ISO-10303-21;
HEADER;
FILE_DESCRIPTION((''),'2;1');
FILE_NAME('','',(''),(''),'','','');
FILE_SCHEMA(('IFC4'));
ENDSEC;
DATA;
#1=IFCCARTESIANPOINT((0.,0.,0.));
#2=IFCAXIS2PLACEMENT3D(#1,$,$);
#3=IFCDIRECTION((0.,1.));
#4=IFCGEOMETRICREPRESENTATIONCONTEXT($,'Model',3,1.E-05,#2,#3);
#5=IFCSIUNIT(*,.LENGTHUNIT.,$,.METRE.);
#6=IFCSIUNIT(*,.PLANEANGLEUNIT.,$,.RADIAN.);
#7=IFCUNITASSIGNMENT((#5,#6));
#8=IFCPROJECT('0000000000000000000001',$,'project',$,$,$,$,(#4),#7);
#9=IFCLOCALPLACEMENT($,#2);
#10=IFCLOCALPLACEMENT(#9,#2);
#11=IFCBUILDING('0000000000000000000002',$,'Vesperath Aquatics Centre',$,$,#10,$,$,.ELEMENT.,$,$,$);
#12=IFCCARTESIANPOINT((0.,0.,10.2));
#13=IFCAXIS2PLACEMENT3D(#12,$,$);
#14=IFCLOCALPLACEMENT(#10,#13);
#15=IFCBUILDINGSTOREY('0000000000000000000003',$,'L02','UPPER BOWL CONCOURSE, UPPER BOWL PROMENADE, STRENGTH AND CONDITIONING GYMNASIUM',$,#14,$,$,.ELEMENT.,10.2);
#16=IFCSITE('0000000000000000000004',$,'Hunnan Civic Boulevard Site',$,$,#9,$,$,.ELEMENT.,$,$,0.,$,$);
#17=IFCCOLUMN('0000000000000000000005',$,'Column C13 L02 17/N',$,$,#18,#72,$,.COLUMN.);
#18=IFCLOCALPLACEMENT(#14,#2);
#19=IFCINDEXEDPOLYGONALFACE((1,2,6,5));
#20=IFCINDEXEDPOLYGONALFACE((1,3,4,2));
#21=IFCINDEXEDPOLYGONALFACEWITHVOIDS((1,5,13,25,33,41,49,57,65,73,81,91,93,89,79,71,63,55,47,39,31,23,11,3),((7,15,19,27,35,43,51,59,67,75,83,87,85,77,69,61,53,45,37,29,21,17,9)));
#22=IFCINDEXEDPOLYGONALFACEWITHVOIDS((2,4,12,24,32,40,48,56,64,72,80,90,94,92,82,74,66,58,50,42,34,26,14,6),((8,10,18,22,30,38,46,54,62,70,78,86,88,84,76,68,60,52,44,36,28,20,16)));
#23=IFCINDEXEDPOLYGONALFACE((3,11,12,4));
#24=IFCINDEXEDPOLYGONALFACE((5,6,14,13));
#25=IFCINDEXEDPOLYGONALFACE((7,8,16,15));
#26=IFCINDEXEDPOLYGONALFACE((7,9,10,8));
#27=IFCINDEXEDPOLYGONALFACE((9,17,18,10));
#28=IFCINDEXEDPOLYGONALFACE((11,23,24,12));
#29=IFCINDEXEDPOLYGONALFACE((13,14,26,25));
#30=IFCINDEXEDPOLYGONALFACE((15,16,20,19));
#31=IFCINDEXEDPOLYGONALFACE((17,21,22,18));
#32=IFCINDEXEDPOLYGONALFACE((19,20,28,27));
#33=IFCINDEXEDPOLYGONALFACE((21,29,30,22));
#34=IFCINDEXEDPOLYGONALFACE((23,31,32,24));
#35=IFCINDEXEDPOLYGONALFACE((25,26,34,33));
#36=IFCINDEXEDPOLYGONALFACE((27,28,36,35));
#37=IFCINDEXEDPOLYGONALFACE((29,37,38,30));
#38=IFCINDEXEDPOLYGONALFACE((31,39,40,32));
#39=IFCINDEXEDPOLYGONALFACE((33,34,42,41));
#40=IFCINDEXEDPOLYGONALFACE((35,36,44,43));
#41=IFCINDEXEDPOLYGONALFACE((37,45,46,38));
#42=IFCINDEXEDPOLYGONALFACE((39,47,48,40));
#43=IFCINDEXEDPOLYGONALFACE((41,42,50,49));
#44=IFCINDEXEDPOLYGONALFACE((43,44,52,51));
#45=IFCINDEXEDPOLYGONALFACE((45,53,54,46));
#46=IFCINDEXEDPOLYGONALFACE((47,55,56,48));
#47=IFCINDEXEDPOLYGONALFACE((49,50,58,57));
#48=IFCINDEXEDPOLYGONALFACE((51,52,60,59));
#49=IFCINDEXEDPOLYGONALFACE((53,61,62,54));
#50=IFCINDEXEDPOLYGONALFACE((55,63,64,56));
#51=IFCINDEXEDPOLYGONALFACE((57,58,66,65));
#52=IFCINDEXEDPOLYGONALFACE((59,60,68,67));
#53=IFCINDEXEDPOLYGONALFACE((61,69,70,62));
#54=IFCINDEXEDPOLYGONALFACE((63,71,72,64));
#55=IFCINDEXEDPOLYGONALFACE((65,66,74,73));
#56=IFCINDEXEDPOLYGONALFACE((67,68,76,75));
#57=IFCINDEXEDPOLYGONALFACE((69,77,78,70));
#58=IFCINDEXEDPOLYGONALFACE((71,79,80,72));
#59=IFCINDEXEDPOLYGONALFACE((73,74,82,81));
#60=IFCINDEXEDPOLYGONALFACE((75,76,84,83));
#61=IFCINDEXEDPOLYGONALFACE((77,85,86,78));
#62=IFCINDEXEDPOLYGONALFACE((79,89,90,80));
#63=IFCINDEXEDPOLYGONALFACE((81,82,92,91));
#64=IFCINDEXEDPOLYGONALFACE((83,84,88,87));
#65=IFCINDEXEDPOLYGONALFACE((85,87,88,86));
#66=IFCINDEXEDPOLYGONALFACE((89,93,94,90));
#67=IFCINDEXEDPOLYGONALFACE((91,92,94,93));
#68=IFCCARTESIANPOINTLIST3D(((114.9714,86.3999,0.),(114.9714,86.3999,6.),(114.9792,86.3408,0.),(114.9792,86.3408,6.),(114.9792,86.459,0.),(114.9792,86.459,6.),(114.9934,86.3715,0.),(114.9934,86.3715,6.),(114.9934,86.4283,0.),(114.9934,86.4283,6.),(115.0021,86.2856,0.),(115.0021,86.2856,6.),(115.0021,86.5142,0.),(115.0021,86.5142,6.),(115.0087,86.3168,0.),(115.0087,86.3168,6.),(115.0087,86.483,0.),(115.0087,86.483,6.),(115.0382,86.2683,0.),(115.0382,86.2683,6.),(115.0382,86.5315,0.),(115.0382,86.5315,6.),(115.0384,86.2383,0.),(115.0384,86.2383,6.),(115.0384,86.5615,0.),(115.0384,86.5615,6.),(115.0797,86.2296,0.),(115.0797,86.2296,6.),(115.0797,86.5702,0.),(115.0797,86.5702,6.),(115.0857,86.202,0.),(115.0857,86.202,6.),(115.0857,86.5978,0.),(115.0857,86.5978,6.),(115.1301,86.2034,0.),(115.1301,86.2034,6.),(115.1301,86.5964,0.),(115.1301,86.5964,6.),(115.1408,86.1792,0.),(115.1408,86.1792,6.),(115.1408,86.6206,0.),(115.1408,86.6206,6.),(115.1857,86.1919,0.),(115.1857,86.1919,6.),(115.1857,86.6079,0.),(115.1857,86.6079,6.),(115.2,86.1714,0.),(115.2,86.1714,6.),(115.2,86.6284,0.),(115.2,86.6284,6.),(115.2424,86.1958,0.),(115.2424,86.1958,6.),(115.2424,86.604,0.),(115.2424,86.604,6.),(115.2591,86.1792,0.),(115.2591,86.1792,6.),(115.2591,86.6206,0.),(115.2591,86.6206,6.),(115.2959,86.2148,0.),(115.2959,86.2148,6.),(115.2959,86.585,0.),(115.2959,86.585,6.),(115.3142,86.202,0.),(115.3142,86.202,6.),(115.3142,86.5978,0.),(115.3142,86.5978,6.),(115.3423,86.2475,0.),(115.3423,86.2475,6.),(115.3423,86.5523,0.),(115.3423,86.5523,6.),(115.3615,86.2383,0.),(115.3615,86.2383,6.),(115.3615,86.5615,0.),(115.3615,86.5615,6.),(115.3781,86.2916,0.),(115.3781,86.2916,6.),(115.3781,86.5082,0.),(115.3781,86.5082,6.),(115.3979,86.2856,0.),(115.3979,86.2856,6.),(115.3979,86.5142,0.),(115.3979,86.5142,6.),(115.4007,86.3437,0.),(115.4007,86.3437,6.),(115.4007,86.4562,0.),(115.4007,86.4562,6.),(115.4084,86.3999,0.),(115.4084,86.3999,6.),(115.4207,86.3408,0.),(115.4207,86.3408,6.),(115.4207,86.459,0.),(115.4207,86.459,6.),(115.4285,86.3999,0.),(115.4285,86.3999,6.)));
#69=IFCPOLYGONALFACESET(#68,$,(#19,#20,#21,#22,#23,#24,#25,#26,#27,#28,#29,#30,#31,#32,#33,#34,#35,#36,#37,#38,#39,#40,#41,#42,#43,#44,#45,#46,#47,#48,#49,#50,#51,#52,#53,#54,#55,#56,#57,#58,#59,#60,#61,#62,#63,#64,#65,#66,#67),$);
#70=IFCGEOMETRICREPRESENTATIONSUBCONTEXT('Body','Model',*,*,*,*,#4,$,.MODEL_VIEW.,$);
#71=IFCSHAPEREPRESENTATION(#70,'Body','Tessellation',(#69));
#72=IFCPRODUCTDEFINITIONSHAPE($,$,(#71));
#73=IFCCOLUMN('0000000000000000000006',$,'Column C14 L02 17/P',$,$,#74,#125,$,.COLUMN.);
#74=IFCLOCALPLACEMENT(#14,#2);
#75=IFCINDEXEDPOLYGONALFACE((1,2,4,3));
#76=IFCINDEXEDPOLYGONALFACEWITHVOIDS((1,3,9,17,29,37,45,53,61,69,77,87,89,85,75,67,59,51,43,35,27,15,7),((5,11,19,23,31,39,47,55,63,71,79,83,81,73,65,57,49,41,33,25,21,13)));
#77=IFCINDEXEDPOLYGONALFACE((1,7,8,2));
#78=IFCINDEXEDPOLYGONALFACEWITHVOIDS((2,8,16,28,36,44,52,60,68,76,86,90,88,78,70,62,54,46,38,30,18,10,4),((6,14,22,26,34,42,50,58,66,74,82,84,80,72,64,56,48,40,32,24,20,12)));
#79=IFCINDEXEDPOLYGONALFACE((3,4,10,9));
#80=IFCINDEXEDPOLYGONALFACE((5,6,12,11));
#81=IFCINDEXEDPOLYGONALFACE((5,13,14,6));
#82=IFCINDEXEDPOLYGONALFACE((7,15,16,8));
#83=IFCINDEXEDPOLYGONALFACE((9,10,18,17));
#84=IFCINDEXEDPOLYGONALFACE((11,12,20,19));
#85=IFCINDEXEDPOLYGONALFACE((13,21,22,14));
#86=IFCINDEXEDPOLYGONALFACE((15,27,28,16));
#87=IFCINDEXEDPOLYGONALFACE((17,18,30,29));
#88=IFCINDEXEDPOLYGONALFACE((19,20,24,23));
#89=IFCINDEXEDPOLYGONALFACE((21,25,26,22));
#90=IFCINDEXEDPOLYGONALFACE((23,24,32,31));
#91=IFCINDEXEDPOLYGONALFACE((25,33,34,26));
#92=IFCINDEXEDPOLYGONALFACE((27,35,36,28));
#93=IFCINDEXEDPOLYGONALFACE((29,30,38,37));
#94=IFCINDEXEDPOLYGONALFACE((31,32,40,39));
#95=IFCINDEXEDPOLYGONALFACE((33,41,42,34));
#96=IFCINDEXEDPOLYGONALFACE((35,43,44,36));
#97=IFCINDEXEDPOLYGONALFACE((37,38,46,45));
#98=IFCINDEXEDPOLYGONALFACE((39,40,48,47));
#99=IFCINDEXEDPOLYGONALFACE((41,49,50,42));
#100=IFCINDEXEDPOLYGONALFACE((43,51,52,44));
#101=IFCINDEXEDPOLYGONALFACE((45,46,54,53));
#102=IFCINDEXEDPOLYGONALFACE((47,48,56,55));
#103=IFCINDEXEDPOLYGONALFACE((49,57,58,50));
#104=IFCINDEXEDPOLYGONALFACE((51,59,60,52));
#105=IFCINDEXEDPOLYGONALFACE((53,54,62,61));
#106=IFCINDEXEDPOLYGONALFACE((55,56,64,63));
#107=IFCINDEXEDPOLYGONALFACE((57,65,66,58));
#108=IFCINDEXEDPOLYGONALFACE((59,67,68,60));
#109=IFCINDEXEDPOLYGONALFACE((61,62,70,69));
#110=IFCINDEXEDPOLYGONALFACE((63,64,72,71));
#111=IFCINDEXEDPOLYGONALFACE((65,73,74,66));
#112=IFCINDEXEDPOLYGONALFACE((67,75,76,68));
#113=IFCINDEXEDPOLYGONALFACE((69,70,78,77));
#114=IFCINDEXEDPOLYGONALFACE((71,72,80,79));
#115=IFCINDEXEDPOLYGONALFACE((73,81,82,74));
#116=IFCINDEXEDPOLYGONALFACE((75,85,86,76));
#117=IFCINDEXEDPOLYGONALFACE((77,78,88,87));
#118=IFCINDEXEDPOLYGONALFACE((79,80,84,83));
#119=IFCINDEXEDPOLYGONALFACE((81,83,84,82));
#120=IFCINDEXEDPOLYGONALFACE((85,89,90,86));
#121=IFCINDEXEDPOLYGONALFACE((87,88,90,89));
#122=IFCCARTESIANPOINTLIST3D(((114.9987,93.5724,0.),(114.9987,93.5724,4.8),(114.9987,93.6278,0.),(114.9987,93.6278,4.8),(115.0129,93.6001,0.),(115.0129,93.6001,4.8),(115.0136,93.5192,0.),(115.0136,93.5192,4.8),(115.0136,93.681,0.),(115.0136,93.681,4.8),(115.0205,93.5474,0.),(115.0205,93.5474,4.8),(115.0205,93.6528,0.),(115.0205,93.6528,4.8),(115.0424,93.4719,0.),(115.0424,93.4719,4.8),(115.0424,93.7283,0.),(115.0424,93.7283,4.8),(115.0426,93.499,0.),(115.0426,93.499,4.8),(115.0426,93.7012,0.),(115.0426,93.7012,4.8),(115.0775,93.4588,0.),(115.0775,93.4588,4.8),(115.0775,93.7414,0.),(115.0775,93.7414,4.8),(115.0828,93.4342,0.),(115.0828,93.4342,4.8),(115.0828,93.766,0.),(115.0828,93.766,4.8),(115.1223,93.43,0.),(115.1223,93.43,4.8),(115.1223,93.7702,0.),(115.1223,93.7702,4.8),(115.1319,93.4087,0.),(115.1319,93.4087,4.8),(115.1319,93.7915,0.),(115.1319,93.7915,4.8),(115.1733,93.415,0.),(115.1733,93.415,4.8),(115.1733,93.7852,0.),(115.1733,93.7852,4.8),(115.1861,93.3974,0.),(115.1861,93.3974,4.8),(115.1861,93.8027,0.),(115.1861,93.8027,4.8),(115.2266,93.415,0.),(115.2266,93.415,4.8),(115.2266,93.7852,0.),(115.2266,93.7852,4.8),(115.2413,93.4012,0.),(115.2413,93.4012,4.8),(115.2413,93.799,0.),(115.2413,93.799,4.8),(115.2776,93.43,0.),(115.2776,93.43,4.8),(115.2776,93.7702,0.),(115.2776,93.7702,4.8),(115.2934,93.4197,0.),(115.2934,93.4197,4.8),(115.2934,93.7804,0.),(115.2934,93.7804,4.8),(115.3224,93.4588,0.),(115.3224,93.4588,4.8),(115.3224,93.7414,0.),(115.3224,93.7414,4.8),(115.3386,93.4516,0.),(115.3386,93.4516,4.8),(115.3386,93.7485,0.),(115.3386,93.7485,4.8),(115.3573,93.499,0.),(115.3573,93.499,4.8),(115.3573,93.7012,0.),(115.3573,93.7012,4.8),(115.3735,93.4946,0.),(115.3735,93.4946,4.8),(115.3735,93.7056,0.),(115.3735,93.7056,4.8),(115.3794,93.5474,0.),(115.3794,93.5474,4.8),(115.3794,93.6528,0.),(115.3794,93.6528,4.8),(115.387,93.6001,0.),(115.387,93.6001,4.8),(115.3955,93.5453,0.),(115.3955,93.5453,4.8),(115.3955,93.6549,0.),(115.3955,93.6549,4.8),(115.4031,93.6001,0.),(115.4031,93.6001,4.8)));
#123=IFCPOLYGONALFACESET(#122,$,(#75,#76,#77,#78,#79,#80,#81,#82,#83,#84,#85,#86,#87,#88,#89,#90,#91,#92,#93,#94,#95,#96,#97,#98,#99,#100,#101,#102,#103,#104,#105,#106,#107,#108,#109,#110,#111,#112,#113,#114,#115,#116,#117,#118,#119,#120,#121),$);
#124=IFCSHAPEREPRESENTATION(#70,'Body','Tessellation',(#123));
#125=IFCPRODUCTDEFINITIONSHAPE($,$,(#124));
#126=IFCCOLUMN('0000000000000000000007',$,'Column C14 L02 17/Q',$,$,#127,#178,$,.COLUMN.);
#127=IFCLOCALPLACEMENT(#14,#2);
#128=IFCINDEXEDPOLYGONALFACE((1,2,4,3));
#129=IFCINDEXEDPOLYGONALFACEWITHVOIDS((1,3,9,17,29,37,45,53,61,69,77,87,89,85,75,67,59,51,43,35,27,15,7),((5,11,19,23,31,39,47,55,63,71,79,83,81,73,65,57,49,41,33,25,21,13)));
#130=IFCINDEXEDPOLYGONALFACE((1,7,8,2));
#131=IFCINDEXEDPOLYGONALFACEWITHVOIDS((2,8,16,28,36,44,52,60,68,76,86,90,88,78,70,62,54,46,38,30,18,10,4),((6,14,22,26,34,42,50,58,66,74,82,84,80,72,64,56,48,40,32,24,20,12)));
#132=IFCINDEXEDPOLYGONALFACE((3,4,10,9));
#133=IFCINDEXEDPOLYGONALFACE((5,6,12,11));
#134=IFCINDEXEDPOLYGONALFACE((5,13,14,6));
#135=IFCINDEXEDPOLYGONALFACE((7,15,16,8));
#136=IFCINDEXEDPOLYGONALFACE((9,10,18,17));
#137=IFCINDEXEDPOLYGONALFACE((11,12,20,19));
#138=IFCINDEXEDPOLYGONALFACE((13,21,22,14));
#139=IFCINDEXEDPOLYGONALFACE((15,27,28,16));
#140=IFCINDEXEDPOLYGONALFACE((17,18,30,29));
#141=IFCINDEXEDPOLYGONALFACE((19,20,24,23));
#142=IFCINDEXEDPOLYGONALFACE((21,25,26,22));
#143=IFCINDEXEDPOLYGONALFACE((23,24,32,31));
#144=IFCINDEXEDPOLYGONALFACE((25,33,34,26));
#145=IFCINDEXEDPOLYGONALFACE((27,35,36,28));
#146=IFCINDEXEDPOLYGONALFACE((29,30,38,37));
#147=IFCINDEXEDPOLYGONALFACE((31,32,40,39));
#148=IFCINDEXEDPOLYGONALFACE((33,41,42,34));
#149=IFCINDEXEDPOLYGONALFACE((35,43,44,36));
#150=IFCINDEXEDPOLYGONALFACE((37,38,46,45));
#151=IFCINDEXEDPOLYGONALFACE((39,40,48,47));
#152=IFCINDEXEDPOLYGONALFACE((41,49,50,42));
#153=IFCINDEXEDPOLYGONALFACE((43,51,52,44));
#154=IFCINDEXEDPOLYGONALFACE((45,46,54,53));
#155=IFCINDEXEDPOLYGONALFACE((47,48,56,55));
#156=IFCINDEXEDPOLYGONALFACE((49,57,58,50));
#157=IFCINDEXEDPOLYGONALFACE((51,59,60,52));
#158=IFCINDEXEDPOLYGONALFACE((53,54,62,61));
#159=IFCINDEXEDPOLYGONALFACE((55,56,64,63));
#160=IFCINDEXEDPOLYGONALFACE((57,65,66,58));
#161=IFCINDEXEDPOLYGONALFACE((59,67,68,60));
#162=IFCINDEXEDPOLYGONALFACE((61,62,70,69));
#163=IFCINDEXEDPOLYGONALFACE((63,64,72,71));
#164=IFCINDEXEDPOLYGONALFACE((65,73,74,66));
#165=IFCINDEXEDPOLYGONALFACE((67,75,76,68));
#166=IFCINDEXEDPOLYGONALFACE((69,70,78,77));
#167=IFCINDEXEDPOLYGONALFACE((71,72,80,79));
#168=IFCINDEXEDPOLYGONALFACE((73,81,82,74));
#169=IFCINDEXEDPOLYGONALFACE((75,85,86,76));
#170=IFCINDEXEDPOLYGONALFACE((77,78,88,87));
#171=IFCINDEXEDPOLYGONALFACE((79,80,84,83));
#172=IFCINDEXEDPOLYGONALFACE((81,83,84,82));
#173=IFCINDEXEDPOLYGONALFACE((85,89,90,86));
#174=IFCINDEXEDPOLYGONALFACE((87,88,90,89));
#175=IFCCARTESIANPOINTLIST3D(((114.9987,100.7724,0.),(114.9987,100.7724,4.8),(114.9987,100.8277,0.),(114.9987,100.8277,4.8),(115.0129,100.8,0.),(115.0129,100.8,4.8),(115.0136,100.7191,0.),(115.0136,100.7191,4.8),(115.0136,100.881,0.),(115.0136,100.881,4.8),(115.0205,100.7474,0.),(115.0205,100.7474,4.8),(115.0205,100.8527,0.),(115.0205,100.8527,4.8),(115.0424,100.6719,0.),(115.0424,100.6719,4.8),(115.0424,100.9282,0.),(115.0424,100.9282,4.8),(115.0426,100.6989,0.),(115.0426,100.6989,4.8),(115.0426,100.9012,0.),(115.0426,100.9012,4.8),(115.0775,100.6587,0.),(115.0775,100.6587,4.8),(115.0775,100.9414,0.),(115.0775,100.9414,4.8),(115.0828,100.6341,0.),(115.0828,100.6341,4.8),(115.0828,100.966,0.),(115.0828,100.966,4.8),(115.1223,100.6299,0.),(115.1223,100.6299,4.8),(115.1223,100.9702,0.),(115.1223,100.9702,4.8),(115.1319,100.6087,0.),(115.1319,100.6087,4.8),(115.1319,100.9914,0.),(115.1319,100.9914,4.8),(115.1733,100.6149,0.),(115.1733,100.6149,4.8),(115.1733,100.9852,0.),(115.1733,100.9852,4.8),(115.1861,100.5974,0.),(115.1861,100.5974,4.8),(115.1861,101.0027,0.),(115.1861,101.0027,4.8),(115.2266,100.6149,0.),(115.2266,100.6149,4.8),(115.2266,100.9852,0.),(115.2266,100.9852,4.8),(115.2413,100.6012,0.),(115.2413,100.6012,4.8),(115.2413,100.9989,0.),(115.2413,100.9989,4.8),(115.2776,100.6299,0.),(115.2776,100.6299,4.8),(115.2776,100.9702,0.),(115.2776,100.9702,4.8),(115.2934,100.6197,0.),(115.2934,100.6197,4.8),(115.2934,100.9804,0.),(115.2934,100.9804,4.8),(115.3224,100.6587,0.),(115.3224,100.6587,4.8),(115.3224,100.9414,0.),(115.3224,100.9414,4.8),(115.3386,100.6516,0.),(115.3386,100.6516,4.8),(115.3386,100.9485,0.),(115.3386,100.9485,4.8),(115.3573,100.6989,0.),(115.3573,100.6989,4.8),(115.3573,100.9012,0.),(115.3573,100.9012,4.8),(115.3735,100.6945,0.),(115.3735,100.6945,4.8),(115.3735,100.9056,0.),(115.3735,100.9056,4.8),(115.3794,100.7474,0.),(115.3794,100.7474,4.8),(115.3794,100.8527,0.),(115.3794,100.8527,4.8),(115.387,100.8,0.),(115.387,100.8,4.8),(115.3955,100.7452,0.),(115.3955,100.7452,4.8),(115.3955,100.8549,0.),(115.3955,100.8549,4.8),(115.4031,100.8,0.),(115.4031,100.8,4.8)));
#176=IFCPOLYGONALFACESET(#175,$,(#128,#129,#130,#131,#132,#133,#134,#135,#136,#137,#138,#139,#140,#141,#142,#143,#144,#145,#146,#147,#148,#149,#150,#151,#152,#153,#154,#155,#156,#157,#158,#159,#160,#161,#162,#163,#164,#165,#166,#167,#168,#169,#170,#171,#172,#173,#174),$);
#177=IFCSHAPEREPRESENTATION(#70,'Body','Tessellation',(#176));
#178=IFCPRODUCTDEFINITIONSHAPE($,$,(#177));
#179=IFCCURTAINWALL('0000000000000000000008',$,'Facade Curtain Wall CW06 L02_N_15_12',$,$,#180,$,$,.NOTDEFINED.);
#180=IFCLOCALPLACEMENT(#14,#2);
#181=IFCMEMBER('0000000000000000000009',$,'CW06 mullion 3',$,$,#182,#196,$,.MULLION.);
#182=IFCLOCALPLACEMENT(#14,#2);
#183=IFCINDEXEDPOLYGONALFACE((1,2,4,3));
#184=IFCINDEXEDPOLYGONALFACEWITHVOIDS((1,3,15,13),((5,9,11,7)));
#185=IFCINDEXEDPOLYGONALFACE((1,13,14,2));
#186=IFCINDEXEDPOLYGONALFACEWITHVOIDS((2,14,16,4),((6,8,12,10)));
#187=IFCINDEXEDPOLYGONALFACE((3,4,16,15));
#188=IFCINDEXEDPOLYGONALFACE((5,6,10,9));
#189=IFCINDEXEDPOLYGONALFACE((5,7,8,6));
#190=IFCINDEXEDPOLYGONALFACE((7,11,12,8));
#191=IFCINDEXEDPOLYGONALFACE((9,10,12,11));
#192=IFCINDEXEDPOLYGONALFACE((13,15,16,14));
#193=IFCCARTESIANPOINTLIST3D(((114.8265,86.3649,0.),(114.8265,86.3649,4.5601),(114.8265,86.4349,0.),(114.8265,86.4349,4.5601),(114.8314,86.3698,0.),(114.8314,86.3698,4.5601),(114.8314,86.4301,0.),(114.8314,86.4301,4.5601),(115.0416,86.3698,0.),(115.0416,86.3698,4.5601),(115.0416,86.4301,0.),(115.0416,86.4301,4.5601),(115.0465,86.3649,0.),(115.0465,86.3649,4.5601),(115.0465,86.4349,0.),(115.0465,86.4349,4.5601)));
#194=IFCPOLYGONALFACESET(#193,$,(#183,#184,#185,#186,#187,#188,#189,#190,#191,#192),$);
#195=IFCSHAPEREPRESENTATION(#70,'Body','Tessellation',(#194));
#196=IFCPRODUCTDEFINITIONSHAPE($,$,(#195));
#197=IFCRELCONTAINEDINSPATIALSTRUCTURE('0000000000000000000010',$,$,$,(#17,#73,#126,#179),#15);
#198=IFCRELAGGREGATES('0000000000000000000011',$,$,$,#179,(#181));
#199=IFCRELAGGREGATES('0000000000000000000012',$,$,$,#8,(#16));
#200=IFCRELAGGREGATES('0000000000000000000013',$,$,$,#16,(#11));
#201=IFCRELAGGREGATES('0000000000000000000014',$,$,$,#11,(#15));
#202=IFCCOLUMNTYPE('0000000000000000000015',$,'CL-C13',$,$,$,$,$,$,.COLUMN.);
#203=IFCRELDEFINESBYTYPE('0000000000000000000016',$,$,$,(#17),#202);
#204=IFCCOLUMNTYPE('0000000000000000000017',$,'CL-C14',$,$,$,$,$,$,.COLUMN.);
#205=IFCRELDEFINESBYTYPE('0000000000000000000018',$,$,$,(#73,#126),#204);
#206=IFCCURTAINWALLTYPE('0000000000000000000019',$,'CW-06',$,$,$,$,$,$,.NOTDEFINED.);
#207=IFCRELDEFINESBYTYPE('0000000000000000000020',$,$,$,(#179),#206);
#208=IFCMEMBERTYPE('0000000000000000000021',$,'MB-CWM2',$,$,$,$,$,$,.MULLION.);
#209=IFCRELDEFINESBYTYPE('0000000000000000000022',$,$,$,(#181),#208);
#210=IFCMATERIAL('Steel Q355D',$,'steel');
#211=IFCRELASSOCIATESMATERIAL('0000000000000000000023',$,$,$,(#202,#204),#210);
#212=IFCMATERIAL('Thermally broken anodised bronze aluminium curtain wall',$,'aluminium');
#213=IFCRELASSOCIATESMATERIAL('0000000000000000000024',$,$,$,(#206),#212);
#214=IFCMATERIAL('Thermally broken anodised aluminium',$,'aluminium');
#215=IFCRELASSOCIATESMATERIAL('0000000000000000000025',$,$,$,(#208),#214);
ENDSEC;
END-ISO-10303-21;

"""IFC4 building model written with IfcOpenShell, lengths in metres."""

from ifc_helpers import new_model, si_unit, direction, frame, origin, origin_2d, place, context, subcontext, project, spatial, hollow_rectangle, hollow_circle, extrude, material, material_profile, profile_set, type_object, element, aggregate, save


model = new_model("IFC4")

# Units and contexts
model_context = context("Model", 3, precision=1e-05, world=origin(), true_north=direction((0.0, 1.0)))
body_context = subcontext(model_context, "Body", "Model", "MODEL_VIEW")
ifc_project = project(units=[si_unit("LENGTHUNIT", "METRE"), si_unit("PLANEANGLEUNIT", "RADIAN")], contexts=[model_context])

# Site, building, storey
site_placement = place(None, origin())
site = spatial("IfcSite", under=ifc_project, at=site_placement, Name="Hunnan Civic Boulevard Site", CompositionType="ELEMENT", RefElevation=0.0)
building_placement = place(site_placement, origin())
building = spatial("IfcBuilding", under=site, at=building_placement, Name="Vesperath Aquatics Centre", CompositionType="ELEMENT")
storey_placement = place(building_placement, frame((0.0, 0.0, 10.2)))
storey = spatial("IfcBuildingStorey", under=building, at=storey_placement, Name="L02", Description="UPPER BOWL CONCOURSE, UPPER BOWL PROMENADE, STRENGTH AND CONDITIONING GYMNASIUM", CompositionType="ELEMENT", Elevation=10.2)

# Columns
ifc_material_1 = material(Name="Steel Q355D", Category="steel")
ifc_material_profile_1 = material_profile(ifc_material_1, hollow_circle(Radius=0.2285, WallThickness=0.02, at=origin_2d()), Name="CHS 457.0x20")
ifc_profile_set_1 = profile_set([ifc_material_profile_1], Name="Steel Q355D")
column_type_1 = type_object("IfcColumnType", Name="CL-C13", PredefinedType="COLUMN", material=ifc_profile_set_1)
column_placement = place(storey_placement, frame((115.2, 86.3999, 0.0), z_axis=(0.0, 0.0, 1.0), x_axis=(1.0, 0.0, 0.0)))
element("IfcColumn", 1, at=column_placement, inside=storey, type_object=column_type_1, Name="Column C13 L02 17/N", PredefinedType="COLUMN", context=body_context, shape_type="SweptSolid", body=[
    extrude(hollow_circle(Radius=0.2285, WallThickness=0.02, at=origin_2d()), origin(), (0.0, 0.0, 1.0), 6.0),
])
ifc_material_profile_2 = material_profile(ifc_material_1, hollow_circle(Radius=0.2031, WallThickness=0.0161, at=origin_2d()), Name="CHS 406.4x16")
ifc_profile_set_2 = profile_set([ifc_material_profile_2], Name="Steel Q355D")
column_type_2 = type_object("IfcColumnType", Name="CL-C14", PredefinedType="COLUMN", material=ifc_profile_set_2)
for number, where, z_axis, x_axis, name in (
    (2, (115.2, 93.6001, 0.0), (0.0, 0.0, 1.0), (1.0, 0.0, 0.0), "Column C14 L02 17/P"),
    (3, (115.2, 100.8, 0.0), (0.0, 0.0, 1.0), (1.0, 0.0, 0.0), "Column C14 L02 17/Q"),
):
    element("IfcColumn", number, at=place(storey_placement, frame(where, z_axis=z_axis, x_axis=x_axis)), inside=storey, type_object=column_type_2, Name=name, PredefinedType="COLUMN", context=body_context, shape_type="SweptSolid", body=[
        extrude(hollow_circle(Radius=0.2031, WallThickness=0.0161, at=origin_2d()), origin(), (0.0, 0.0, 1.0), 4.8),
    ])

# Curtain wall, member
ifc_material_2 = material(Name="Thermally broken anodised bronze aluminium curtain wall", Category="aluminium")
curtain_wall_type = type_object("IfcCurtainWallType", Name="CW-06", PredefinedType="NOTDEFINED", material=ifc_material_2)
curtain_wall_1_placement = place(storey_placement, origin())
curtain_wall_1 = element("IfcCurtainWall", 4, at=curtain_wall_1_placement, inside=storey, type_object=curtain_wall_type, Name="Facade Curtain Wall CW06 L02_N_15_12", PredefinedType="NOTDEFINED")
ifc_material_3 = material(Name="Thermally broken anodised aluminium", Category="aluminium")
ifc_material_profile_3 = material_profile(ifc_material_3, hollow_rectangle(XDim=0.0701, YDim=0.22, WallThickness=0.0049, at=origin_2d()), Name="CWM 70x220x5")
ifc_profile_set_3 = profile_set([ifc_material_profile_3], Name="Thermally broken anodised aluminium")
member_type_1 = type_object("IfcMemberType", Name="MB-CWM2", PredefinedType="MULLION", material=ifc_profile_set_3)
member_1_placement = place(storey_placement, frame((114.9365, 86.3999, 0.0), z_axis=(0.0, 0.0, 1.0), x_axis=(0.0, 1.0, 0.0)))
member_1 = element("IfcMember", 5, at=member_1_placement, type_object=member_type_1, Name="CW06 mullion 3", PredefinedType="MULLION", context=body_context, shape_type="SweptSolid", body=[
    extrude(hollow_rectangle(XDim=0.0701, YDim=0.22, WallThickness=0.0049, at=origin_2d()), origin(), (0.0, 0.0, 1.0), 4.5601),
])

aggregate(curtain_wall_1, [member_1])

save(model, "model.ifc")
